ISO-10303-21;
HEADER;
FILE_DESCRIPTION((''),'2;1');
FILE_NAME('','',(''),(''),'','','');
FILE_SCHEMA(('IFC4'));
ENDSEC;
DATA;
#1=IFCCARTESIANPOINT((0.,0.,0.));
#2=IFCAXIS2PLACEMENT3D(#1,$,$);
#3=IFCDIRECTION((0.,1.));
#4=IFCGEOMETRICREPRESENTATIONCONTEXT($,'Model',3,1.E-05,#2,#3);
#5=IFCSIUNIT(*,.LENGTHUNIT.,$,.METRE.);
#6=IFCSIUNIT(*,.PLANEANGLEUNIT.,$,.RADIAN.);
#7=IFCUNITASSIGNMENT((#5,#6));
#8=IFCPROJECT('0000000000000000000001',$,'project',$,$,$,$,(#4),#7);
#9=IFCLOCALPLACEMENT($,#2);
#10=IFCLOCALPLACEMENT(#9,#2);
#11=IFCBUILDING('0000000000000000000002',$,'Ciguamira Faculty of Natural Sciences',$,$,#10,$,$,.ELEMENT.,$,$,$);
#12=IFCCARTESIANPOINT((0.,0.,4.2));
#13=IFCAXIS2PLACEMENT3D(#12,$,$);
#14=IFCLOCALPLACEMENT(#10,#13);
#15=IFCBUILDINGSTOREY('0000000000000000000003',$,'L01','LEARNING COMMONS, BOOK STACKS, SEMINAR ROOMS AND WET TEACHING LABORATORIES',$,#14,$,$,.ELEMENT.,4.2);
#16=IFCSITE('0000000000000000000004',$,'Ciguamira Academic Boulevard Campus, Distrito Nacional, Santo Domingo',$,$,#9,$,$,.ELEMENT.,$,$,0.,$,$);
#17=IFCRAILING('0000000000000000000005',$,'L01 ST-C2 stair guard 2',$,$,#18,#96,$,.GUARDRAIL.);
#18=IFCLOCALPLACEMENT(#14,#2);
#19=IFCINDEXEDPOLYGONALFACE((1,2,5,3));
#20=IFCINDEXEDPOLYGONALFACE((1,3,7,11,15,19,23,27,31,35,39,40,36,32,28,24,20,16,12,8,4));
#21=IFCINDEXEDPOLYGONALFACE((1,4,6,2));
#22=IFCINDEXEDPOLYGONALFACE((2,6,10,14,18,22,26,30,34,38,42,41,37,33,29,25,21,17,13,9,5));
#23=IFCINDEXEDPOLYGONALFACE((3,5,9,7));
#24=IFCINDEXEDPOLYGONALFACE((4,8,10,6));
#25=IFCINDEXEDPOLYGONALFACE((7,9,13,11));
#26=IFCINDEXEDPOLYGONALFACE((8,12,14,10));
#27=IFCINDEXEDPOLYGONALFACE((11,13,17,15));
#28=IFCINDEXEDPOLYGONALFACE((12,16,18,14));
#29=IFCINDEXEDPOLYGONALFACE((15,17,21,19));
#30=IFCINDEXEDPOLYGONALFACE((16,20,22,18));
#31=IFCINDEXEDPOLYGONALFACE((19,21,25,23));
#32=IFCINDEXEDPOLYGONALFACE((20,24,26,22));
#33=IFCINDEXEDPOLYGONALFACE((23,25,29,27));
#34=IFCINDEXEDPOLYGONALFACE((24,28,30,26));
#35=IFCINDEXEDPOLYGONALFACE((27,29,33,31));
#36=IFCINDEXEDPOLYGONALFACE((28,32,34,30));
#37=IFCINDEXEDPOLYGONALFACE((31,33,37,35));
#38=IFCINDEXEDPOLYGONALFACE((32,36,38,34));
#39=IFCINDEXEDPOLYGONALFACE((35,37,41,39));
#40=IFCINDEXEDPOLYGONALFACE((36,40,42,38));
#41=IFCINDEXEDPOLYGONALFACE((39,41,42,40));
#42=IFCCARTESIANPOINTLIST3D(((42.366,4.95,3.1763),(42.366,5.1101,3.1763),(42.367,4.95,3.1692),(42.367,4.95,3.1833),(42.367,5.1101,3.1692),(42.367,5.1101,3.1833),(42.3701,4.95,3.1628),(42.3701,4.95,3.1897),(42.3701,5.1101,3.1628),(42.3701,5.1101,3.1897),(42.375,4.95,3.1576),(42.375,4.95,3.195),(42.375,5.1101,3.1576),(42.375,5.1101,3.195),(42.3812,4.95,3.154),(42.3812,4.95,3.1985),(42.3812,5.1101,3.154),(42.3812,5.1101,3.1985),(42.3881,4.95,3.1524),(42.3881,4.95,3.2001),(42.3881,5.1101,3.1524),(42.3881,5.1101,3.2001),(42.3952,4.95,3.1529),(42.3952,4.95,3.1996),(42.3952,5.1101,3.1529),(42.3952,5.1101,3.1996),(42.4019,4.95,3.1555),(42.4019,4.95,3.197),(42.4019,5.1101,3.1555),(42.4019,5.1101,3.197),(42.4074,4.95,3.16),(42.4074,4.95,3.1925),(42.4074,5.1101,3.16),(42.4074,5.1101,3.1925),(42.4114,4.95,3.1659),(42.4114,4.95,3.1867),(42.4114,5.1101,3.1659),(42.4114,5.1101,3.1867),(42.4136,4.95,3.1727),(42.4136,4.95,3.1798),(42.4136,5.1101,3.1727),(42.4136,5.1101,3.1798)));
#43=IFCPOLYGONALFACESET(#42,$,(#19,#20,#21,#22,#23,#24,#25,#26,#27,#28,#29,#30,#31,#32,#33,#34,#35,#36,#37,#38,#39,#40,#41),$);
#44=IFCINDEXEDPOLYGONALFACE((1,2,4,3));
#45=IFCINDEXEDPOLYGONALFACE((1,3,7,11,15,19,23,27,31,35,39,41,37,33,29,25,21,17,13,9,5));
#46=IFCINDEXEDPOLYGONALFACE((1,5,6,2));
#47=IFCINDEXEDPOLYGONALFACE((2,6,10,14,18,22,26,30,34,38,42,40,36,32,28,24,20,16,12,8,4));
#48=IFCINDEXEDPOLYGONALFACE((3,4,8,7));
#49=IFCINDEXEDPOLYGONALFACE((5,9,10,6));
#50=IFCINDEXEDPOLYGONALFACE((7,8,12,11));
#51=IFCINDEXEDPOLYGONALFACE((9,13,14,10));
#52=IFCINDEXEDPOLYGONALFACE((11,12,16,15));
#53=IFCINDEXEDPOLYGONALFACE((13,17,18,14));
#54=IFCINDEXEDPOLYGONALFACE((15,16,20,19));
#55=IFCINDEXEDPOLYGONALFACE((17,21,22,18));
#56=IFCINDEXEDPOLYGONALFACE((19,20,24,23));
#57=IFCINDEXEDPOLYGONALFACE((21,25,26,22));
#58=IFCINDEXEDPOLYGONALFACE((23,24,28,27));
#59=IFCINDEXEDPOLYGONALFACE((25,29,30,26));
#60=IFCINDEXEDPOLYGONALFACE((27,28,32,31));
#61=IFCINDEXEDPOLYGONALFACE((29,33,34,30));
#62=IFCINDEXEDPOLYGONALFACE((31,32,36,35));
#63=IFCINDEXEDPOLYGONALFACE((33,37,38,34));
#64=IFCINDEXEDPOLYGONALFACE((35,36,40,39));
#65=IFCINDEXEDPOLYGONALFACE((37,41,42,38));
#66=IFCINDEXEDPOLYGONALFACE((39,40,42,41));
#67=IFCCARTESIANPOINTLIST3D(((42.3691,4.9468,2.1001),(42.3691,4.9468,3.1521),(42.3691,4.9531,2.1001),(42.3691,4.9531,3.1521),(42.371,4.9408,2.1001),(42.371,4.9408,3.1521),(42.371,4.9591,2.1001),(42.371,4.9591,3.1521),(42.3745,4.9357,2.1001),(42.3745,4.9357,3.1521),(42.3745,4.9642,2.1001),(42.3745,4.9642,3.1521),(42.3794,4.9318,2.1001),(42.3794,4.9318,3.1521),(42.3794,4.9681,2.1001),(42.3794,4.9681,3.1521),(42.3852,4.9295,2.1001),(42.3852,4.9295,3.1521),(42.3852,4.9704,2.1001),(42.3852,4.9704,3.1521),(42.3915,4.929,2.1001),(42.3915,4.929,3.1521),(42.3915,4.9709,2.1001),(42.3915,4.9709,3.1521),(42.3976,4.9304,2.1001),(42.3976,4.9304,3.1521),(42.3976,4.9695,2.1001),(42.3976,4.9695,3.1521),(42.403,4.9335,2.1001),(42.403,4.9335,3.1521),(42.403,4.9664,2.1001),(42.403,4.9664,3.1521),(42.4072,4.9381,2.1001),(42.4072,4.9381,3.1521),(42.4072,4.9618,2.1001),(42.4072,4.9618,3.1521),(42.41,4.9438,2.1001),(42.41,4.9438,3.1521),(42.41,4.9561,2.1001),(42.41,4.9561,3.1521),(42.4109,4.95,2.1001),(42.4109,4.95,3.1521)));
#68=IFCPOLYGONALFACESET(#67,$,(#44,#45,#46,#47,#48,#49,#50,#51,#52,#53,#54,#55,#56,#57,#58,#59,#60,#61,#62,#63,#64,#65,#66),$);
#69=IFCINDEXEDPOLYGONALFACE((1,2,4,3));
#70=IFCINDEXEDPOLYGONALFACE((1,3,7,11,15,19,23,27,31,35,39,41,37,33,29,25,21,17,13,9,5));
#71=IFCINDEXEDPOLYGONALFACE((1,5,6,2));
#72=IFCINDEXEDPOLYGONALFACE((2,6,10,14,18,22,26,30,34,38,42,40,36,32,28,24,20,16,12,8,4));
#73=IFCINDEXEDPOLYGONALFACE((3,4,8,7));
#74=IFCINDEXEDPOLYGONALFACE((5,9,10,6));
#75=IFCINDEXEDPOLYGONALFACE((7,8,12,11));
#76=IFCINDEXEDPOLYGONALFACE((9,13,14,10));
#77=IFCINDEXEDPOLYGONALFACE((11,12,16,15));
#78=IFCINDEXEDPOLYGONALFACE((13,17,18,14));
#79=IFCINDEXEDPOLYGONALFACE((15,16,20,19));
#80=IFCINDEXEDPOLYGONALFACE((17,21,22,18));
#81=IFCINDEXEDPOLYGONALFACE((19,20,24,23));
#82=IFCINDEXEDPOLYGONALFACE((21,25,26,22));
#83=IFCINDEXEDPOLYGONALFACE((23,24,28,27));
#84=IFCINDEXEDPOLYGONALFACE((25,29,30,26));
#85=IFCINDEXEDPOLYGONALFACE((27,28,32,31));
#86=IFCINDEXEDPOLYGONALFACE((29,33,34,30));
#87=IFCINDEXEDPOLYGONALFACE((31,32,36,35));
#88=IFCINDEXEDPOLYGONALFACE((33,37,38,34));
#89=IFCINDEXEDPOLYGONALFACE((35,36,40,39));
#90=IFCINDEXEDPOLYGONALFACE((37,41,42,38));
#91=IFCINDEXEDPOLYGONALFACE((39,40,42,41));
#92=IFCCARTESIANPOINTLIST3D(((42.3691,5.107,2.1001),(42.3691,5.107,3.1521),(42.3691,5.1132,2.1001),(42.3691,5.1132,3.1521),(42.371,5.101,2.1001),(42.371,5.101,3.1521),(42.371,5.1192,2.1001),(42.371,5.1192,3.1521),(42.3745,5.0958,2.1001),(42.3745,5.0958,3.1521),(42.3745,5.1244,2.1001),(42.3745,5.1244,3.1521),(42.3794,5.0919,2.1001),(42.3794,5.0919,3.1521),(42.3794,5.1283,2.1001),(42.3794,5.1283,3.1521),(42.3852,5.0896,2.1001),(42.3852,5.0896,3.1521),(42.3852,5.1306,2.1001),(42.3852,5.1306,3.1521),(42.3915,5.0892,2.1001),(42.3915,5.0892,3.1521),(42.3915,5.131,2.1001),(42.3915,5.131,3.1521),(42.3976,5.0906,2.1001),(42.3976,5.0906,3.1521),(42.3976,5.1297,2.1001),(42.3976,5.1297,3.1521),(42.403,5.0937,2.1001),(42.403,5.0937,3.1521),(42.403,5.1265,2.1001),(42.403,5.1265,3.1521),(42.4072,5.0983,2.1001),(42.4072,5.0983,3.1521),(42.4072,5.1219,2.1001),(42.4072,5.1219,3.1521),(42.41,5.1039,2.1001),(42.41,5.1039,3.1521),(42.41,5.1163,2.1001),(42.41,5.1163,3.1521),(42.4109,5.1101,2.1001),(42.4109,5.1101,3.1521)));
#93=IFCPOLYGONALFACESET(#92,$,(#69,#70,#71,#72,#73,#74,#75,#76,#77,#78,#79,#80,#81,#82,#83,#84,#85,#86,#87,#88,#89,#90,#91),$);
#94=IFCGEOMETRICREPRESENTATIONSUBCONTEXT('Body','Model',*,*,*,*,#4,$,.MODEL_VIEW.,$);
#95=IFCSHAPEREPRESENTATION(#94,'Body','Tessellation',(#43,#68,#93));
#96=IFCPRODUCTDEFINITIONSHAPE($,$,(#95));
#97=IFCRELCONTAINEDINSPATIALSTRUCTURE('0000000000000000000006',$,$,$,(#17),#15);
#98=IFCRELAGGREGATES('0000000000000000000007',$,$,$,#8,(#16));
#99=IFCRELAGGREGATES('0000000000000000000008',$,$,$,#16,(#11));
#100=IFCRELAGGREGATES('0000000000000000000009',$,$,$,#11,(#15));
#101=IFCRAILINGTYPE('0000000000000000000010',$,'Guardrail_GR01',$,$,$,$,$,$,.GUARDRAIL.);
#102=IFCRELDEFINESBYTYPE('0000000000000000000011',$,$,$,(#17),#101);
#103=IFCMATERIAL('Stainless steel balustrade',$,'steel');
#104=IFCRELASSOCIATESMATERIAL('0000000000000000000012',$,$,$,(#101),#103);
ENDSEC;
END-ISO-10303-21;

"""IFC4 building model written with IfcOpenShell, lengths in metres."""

from ifc_helpers import new_model, si_unit, direction, frame, origin, origin_2d, place, context, subcontext, project, spatial, circle, extrude, material, type_object, element, save


model = new_model("IFC4")

# Units and contexts
model_context = context("Model", 3, precision=1e-05, world=origin(), true_north=direction((0.0, 1.0)))
body_context = subcontext(model_context, "Body", "Model", "MODEL_VIEW")
ifc_project = project(units=[si_unit("LENGTHUNIT", "METRE"), si_unit("PLANEANGLEUNIT", "RADIAN")], contexts=[model_context])

# Site, building, storey
site_placement = place(None, origin())
site = spatial("IfcSite", under=ifc_project, at=site_placement, Name="Ciguamira Academic Boulevard Campus, Distrito Nacional, Santo Domingo", CompositionType="ELEMENT", RefElevation=0.0)
building_placement = place(site_placement, origin())
building = spatial("IfcBuilding", under=site, at=building_placement, Name="Ciguamira Faculty of Natural Sciences", CompositionType="ELEMENT")
storey_placement = place(building_placement, frame((0.0, 0.0, 4.2)))
storey = spatial("IfcBuildingStorey", under=building, at=storey_placement, Name="L01", Description="LEARNING COMMONS, BOOK STACKS, SEMINAR ROOMS AND WET TEACHING LABORATORIES", CompositionType="ELEMENT", Elevation=4.2)

# Railing
ifc_material_1 = material(Name="Stainless steel balustrade", Category="steel")
railing_type_1 = type_object("IfcRailingType", Name="Guardrail_GR01", PredefinedType="GUARDRAIL", material=ifc_material_1)
railing_1_placement = place(storey_placement, frame((42.3899, 4.95, 2.1001)))
element("IfcRailing", 1, at=railing_1_placement, inside=storey, type_object=railing_type_1, Name="L01 ST-C2 stair guard 2", PredefinedType="GUARDRAIL", context=body_context, shape_type="SweptSolid", body=[
    extrude(circle(Radius=0.0239, at=origin_2d()), frame((0.0, 0.0, 1.0762), z_axis=(0.0, 1.0, 0.0), x_axis=(-1.0, 0.0, 0.0)), (0.0, 0.0, 1.0), 0.1602),
    extrude(circle(Radius=0.021, at=origin_2d()), origin(), (0.0, 0.0, 1.0), 1.052),
    extrude(circle(Radius=0.021, at=origin_2d()), frame((0.0, 0.1602, 0.0)), (0.0, 0.0, 1.0), 1.052),
])

save(model, "model.ifc")
